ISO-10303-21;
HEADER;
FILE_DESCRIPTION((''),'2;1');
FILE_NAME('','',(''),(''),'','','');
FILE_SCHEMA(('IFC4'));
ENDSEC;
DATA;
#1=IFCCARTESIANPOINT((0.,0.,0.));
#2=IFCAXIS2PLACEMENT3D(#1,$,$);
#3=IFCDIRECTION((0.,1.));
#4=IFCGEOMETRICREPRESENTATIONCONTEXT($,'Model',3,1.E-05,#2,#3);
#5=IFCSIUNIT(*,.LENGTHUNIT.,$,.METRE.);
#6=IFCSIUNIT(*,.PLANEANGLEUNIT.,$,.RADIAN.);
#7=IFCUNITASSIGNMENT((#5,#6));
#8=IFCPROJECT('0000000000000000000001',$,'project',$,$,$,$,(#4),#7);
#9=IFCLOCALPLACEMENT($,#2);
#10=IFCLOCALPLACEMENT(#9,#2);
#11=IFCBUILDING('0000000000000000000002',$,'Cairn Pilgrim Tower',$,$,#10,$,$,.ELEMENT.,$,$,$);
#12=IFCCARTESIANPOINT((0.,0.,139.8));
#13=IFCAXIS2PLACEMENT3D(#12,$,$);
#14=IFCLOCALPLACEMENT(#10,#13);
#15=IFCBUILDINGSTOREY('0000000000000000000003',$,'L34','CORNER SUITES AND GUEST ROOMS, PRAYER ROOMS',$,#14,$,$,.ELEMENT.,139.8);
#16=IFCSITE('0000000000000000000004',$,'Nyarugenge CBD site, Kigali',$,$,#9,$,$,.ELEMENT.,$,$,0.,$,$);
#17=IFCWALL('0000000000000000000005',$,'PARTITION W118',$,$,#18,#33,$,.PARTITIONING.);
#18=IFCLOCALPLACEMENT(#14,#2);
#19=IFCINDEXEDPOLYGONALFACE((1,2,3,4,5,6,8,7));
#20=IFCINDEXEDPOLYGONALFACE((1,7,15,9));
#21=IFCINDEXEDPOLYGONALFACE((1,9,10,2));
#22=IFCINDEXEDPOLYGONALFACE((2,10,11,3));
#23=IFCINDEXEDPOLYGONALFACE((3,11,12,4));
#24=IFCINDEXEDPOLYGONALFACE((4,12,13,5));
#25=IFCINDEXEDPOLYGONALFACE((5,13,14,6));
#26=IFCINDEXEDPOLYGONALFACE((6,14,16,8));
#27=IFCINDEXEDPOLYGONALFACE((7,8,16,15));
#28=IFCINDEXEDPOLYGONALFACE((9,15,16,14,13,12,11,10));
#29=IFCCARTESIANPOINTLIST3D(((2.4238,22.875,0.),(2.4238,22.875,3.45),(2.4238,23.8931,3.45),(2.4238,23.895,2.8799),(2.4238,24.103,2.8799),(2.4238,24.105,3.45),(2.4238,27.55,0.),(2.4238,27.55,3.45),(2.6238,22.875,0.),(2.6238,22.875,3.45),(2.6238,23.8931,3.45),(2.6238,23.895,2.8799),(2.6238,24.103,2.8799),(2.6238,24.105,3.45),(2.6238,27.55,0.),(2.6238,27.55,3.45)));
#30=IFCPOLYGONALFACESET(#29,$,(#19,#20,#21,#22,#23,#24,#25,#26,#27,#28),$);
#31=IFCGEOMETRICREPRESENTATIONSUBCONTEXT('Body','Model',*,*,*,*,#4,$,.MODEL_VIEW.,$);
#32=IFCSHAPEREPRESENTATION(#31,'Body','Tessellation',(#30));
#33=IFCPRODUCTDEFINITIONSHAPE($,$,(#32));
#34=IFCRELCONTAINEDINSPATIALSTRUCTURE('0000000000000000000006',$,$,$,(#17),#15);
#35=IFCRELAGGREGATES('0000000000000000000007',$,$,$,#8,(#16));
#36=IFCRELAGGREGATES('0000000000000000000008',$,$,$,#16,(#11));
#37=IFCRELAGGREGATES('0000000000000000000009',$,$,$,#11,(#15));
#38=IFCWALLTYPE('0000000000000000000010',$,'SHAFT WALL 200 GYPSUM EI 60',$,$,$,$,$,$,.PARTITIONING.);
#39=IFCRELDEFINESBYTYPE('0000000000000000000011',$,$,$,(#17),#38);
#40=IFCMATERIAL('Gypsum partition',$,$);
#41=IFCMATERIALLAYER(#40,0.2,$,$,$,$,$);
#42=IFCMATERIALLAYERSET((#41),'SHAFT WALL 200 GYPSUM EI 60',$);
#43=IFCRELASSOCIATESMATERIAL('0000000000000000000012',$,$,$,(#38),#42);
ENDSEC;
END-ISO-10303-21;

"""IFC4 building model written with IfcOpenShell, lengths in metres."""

from ifc_helpers import new_model, si_unit, direction, frame, origin, place, context, subcontext, project, spatial, polyline, outline, extrude, material, layer, layer_set, type_object, element, save


model = new_model("IFC4")

# Units and contexts
model_context = context("Model", 3, precision=1e-05, world=origin(), true_north=direction((0.0, 1.0)))
body_context = subcontext(model_context, "Body", "Model", "MODEL_VIEW")
ifc_project = project(units=[si_unit("LENGTHUNIT", "METRE"), si_unit("PLANEANGLEUNIT", "RADIAN")], contexts=[model_context])

# Site, building, storey
site_placement = place(None, origin())
site = spatial("IfcSite", under=ifc_project, at=site_placement, Name="Nyarugenge CBD site, Kigali", CompositionType="ELEMENT", RefElevation=0.0)
building_placement = place(site_placement, origin())
building = spatial("IfcBuilding", under=site, at=building_placement, Name="Cairn Pilgrim Tower", CompositionType="ELEMENT")
storey_placement = place(building_placement, frame((0.0, 0.0, 139.8)))
storey = spatial("IfcBuildingStorey", under=building, at=storey_placement, Name="L34", Description="CORNER SUITES AND GUEST ROOMS, PRAYER ROOMS", CompositionType="ELEMENT", Elevation=139.8)

# Shared definitions
ifc_material_1 = material(Name="Gypsum partition")

# Wall
ifc_layer_1 = layer(ifc_material_1, 0.2)
ifc_layer_set_1 = layer_set([ifc_layer_1], Name="SHAFT WALL 200 GYPSUM EI 60")
wall_type_1 = type_object("IfcWallType", Name="SHAFT WALL 200 GYPSUM EI 60", PredefinedType="PARTITIONING", material=ifc_layer_set_1)
wall_1_placement = place(storey_placement, frame((2.5239, 22.875, 0.0), z_axis=(0.0, 0.0, 1.0), x_axis=(0.0, 1.0, 0.0)))
element("IfcWall", 1, at=wall_1_placement, inside=storey, type_object=wall_type_1, Name="PARTITION W118", PredefinedType="PARTITIONING", context=body_context, shape_type="SweptSolid", body=[
    extrude(outline(polyline([(0.0, 0.0), (4.675, 0.0), (4.675, 3.45), (1.23, 3.45), (1.228, 2.8799), (1.02, 2.8799), (1.0181, 3.45), (0.0, 3.45), (0.0, 0.0)])), frame((0.0, 0.1001, 0.0), z_axis=(0.0, -1.0, 0.0), x_axis=(1.0, 0.0, 0.0)), (0.0, 0.0, 1.0), 0.2),
])

save(model, "model.ifc")
